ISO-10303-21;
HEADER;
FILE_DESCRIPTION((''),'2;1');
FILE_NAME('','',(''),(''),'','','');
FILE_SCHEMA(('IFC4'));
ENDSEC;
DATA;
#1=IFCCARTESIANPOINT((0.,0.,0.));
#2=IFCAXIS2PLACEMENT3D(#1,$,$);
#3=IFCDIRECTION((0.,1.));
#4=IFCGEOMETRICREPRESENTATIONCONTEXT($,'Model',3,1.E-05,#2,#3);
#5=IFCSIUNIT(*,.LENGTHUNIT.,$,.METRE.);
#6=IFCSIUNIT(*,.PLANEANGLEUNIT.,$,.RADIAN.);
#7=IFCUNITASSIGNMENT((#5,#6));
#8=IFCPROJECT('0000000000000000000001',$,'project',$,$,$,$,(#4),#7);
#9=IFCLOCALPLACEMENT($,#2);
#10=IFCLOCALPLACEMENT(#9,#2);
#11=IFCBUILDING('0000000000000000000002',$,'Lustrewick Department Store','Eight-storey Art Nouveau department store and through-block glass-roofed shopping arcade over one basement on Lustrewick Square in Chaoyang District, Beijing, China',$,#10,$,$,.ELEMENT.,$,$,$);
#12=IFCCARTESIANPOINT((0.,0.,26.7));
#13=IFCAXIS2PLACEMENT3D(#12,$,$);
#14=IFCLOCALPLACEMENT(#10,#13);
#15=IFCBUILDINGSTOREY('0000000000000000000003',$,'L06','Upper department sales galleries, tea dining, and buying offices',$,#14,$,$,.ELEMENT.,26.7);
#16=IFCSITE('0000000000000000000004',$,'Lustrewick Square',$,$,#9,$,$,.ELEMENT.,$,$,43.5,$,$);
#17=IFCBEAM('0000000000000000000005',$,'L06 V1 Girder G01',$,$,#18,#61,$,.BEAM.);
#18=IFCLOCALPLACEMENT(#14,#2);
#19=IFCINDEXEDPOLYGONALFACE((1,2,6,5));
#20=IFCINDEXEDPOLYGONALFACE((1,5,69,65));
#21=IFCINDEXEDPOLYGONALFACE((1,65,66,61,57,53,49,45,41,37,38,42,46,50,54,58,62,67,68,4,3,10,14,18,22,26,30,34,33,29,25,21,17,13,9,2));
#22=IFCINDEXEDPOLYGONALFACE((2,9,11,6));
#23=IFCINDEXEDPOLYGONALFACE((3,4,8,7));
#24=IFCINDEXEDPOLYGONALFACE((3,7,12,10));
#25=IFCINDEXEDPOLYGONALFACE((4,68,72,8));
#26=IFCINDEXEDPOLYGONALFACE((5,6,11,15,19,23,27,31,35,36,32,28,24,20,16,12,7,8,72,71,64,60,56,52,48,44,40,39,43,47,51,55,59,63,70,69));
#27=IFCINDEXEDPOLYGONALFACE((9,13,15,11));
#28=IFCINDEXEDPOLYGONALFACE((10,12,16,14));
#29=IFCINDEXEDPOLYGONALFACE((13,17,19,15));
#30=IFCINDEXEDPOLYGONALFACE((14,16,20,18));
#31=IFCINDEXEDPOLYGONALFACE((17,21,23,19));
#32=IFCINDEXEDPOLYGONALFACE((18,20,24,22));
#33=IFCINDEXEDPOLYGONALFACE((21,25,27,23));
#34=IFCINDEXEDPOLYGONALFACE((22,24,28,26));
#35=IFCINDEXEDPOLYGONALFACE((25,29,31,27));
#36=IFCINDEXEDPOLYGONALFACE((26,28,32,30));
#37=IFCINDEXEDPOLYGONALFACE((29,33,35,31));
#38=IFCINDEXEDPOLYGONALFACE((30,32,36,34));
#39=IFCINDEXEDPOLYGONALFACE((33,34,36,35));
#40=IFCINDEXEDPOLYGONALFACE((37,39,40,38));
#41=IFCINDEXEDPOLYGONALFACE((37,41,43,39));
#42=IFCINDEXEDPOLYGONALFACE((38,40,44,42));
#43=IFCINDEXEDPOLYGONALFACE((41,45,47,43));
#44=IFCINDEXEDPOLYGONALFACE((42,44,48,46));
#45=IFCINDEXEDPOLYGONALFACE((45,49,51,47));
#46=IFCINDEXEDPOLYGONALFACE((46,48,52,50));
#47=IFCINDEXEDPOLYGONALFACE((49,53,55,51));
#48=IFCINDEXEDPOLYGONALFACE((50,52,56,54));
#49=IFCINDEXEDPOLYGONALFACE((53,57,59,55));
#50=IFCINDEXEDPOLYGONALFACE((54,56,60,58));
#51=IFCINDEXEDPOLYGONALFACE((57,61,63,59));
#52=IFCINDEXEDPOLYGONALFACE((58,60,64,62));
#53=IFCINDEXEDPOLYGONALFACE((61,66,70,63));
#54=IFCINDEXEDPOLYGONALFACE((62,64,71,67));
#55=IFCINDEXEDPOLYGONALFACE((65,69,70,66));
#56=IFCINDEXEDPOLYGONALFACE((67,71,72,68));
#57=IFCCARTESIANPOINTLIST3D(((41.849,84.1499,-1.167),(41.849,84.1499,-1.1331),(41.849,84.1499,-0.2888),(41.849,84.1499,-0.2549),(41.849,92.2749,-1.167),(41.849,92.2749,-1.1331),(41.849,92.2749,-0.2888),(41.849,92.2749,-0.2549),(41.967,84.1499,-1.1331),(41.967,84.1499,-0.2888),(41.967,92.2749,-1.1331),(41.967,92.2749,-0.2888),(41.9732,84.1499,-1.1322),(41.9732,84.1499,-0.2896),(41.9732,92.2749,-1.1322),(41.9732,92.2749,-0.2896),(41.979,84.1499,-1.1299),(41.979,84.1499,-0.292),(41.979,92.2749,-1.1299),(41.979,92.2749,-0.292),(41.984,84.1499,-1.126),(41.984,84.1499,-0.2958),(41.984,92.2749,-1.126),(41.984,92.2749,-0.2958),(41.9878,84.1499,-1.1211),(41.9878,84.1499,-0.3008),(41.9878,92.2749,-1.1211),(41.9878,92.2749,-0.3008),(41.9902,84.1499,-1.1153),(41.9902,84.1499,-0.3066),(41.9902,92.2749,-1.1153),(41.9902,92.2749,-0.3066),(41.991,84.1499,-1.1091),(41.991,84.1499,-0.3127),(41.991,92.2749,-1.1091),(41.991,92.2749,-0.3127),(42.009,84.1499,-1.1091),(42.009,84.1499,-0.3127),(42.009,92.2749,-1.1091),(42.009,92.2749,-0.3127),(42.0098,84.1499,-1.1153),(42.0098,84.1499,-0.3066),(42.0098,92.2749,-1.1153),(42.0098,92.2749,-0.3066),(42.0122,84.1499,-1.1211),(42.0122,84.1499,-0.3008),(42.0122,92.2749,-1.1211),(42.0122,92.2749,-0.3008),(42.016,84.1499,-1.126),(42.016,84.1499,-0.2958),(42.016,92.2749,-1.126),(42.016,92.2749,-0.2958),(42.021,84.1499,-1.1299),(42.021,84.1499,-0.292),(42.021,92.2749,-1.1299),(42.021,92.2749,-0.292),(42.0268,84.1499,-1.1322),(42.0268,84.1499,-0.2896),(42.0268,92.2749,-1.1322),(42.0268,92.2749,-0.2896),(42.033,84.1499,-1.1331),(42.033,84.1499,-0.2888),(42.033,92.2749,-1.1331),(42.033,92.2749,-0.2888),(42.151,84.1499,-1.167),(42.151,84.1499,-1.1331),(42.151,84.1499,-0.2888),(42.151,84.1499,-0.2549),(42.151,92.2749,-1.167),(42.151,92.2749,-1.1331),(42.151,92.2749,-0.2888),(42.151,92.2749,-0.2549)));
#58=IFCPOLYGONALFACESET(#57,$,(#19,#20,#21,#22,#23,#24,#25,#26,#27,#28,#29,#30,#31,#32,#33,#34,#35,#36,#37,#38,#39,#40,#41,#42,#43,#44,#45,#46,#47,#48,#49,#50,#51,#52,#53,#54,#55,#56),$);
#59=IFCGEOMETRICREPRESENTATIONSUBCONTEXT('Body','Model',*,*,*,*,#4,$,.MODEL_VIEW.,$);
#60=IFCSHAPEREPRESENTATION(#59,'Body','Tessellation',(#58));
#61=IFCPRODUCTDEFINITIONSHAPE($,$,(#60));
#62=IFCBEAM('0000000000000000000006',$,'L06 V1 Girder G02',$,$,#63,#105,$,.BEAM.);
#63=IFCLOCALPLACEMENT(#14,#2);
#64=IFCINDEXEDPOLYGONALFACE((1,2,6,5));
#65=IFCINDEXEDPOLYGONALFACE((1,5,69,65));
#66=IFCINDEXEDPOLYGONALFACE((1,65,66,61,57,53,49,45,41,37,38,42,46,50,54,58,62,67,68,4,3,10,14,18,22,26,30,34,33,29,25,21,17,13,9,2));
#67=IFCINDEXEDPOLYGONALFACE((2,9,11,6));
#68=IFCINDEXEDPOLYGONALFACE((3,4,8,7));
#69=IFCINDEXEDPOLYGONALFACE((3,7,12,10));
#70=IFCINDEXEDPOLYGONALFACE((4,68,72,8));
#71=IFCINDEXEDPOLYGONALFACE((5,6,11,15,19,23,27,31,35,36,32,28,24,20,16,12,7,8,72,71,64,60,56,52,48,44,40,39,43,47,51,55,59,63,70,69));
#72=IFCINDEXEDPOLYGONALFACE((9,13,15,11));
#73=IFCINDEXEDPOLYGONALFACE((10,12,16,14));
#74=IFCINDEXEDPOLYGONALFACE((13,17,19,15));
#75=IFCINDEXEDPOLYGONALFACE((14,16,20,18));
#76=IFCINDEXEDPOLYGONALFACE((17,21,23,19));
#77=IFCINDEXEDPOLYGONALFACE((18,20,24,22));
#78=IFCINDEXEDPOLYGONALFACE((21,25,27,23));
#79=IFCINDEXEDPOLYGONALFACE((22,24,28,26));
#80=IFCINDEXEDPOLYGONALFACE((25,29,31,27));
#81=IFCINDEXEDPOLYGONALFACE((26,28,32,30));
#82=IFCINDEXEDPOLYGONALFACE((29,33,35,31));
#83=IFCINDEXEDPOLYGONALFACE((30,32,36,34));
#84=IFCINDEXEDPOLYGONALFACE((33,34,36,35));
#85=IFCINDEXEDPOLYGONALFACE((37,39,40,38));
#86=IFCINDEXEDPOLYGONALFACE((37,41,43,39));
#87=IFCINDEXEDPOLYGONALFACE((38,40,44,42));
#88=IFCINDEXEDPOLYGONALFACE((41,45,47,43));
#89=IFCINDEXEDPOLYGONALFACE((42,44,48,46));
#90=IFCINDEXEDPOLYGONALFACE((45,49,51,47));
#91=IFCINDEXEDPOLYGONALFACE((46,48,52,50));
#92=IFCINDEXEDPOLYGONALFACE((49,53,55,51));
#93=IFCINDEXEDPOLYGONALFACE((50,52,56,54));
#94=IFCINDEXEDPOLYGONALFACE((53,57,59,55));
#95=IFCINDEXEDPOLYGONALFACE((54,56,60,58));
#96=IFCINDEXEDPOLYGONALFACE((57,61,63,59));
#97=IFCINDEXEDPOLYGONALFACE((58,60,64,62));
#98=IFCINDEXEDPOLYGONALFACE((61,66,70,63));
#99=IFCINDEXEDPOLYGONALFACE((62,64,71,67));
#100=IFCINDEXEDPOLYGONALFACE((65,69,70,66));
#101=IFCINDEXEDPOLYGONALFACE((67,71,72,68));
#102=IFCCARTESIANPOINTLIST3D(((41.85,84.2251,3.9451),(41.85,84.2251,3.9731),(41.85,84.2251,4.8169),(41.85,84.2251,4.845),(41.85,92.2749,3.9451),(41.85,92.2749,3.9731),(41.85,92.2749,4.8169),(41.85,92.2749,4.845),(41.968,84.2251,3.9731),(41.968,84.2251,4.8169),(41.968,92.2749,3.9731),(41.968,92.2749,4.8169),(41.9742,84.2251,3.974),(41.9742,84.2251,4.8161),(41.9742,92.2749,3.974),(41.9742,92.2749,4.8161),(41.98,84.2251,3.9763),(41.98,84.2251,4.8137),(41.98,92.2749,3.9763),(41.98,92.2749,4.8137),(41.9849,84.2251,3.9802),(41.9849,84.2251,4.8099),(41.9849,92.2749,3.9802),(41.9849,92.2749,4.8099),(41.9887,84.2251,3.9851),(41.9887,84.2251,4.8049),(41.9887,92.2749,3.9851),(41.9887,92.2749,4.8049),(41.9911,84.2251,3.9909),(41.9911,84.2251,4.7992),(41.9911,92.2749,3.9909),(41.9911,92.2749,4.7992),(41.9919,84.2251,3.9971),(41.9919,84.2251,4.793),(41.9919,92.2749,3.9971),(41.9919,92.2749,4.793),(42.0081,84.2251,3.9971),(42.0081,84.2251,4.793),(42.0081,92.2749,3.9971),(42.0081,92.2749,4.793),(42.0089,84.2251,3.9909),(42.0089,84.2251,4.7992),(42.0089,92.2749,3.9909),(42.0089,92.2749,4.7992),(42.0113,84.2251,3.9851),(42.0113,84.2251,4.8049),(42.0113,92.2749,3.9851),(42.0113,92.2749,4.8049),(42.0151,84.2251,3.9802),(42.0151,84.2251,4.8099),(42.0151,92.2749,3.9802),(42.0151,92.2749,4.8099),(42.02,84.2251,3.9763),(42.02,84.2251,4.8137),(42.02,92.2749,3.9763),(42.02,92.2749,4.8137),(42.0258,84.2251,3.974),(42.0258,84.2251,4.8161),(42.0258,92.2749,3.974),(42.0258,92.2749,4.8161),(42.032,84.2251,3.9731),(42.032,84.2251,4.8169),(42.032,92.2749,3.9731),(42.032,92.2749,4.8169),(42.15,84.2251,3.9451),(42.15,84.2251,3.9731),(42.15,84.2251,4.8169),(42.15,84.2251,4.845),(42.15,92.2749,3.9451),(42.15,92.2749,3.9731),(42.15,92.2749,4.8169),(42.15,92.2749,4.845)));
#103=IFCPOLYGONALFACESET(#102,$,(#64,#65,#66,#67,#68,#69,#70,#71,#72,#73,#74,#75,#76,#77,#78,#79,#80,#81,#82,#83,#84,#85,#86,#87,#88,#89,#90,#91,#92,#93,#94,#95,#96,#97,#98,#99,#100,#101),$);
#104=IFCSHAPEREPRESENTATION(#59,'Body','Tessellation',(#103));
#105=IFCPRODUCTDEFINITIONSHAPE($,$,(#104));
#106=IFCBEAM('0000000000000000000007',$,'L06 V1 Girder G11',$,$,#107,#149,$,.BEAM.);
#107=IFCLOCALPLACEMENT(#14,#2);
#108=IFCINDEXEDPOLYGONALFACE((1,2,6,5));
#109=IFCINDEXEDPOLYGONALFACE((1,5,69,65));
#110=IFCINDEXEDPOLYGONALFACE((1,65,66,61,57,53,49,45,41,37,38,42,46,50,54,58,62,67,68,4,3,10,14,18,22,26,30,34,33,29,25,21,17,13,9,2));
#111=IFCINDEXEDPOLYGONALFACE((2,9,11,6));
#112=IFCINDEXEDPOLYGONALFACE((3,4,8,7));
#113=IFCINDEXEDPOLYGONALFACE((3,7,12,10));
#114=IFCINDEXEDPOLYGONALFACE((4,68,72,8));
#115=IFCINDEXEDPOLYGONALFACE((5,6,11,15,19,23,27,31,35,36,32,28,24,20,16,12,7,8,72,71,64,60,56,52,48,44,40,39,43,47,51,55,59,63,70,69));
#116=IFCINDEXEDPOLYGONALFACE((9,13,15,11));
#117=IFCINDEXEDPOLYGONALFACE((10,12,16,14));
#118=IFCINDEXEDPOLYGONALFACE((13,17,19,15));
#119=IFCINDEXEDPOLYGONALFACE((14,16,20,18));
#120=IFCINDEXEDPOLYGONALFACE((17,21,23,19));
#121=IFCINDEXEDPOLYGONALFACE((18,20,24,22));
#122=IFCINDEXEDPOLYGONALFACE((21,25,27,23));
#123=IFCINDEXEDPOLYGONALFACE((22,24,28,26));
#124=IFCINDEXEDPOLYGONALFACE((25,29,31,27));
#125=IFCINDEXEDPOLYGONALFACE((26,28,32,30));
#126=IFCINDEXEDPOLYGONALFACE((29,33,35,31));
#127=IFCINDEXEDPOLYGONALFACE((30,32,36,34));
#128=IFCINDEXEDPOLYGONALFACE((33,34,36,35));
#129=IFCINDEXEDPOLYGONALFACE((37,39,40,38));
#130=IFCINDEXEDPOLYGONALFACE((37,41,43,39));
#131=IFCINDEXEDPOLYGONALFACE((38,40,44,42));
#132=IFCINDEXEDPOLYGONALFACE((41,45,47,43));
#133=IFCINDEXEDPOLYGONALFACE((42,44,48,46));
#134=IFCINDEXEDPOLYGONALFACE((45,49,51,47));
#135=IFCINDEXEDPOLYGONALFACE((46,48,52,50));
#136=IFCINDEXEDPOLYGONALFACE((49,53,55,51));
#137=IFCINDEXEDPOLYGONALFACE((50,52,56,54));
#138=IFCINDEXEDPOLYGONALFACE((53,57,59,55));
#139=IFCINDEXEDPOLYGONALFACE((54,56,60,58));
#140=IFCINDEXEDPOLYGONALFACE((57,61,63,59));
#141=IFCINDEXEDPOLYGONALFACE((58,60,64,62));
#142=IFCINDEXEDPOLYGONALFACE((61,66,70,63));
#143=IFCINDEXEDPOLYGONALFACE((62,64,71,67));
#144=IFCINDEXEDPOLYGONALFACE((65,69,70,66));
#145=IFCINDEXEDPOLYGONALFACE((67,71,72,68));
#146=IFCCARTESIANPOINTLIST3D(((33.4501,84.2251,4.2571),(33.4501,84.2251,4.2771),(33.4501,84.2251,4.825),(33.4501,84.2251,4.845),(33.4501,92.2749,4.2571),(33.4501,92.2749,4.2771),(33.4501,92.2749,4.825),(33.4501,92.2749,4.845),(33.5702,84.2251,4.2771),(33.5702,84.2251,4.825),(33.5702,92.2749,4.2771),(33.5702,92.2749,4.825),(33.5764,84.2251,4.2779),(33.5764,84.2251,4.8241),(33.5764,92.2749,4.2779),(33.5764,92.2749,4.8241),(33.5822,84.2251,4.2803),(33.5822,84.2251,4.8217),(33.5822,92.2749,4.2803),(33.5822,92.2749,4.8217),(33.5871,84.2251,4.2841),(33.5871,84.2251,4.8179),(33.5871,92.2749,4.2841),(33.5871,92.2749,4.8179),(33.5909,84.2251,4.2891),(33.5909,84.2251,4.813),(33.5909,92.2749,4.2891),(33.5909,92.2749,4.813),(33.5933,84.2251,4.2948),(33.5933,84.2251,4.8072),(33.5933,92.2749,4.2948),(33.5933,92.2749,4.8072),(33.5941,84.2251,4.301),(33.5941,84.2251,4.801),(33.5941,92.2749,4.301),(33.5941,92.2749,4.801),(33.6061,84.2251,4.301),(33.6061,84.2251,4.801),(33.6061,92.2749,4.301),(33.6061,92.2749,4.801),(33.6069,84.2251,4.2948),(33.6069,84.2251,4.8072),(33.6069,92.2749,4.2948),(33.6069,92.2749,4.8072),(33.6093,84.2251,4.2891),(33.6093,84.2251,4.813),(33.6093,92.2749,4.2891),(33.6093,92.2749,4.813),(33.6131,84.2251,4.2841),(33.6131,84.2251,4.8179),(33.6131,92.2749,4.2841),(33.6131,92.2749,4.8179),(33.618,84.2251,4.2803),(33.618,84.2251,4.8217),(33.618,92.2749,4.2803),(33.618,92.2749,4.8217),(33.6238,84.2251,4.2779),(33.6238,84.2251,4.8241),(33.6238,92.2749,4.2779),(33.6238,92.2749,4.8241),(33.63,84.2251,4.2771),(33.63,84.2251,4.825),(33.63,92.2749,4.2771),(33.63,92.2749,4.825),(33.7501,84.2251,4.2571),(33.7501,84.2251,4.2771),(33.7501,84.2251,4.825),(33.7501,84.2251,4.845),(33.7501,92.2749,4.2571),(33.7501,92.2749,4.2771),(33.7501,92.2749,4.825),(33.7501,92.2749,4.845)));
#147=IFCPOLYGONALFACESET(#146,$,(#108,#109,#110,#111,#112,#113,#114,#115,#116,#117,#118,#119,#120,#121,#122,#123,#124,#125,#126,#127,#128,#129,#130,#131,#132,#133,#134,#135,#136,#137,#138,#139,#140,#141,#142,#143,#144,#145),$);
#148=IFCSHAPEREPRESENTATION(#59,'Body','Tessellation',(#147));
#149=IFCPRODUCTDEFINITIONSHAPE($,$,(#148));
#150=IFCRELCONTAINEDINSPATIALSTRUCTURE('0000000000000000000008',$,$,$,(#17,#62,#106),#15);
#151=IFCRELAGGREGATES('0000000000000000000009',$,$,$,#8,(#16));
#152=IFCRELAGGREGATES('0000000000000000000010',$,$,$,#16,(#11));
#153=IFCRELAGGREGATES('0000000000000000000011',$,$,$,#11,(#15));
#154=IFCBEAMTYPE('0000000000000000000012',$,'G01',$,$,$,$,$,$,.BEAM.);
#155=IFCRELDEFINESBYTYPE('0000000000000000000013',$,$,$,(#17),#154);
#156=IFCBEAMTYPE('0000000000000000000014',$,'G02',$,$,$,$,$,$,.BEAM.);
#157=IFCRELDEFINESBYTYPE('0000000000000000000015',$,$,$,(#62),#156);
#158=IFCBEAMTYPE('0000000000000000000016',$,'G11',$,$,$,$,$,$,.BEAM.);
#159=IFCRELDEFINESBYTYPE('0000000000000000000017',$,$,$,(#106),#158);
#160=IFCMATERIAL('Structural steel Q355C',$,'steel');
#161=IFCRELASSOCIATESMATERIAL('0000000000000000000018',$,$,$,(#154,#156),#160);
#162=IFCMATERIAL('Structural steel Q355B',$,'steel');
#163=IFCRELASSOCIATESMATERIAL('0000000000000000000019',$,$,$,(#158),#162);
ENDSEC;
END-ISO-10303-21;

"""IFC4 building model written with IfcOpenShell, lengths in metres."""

from ifc_helpers import new_model, si_unit, direction, frame, origin, origin_2d, place, context, subcontext, project, spatial, i_section, extrude, material, material_profile, profile_set, type_object, element, save


model = new_model("IFC4")

# Units and contexts
model_context = context("Model", 3, precision=1e-05, world=origin(), true_north=direction((0.0, 1.0)))
body_context = subcontext(model_context, "Body", "Model", "MODEL_VIEW")
ifc_project = project(units=[si_unit("LENGTHUNIT", "METRE"), si_unit("PLANEANGLEUNIT", "RADIAN")], contexts=[model_context])

# Site, building, storey
site_placement = place(None, origin())
site = spatial("IfcSite", under=ifc_project, at=site_placement, Name="Lustrewick Square", CompositionType="ELEMENT", RefElevation=43.5)
building_placement = place(site_placement, origin())
building = spatial("IfcBuilding", under=site, at=building_placement, Name="Lustrewick Department Store", Description="Eight-storey Art Nouveau department store and through-block glass-roofed shopping arcade over one basement on Lustrewick Square in Chaoyang District, Beijing, China", CompositionType="ELEMENT")
storey_placement = place(building_placement, frame((0.0, 0.0, 26.7)))
storey = spatial("IfcBuildingStorey", under=building, at=storey_placement, Name="L06", Description="Upper department sales galleries, tea dining, and buying offices", CompositionType="ELEMENT", Elevation=26.7)

# Shared definitions
ifc_material_1 = material(Name="Structural steel Q355B", Category="steel")

# Beams
ifc_material_2 = material(Name="Structural steel Q355C", Category="steel")
ifc_material_profile_1 = material_profile(ifc_material_2, i_section(OverallWidth=0.302, OverallDepth=0.9121, WebThickness=0.0181, FlangeThickness=0.0339, FilletRadius=0.0239, at=origin_2d()), Name="HN 912x302x18x34")
ifc_profile_set_1 = profile_set([ifc_material_profile_1], Name="Structural steel Q355C")
beam_type_1 = type_object("IfcBeamType", Name="G01", PredefinedType="BEAM", material=ifc_profile_set_1)
beam_1_placement = place(storey_placement, frame((42.0, 84.1499, -0.7109), z_axis=(0.0, 1.0, 0.0), x_axis=(-1.0, 0.0, 0.0)))
element("IfcBeam", 1, at=beam_1_placement, inside=storey, type_object=beam_type_1, Name="L06 V1 Girder G01", PredefinedType="BEAM", context=body_context, shape_type="SweptSolid", body=[
    extrude(i_section(OverallWidth=0.302, OverallDepth=0.9121, WebThickness=0.0181, FlangeThickness=0.0339, FilletRadius=0.0239, at=origin_2d()), origin(), (0.0, 0.0, 1.0), 8.125),
])
ifc_material_profile_2 = material_profile(ifc_material_2, i_section(OverallWidth=0.3, OverallDepth=0.8999, WebThickness=0.0161, FlangeThickness=0.0281, FilletRadius=0.0239, at=origin_2d()), Name="HN 900x300x16x28")
ifc_profile_set_2 = profile_set([ifc_material_profile_2], Name="Structural steel Q355C")
beam_type_2 = type_object("IfcBeamType", Name="G02", PredefinedType="BEAM", material=ifc_profile_set_2)
beam_2_placement = place(storey_placement, frame((42.0, 84.2251, 4.395), z_axis=(0.0, 1.0, 0.0), x_axis=(-1.0, 0.0, 0.0)))
element("IfcBeam", 2, at=beam_2_placement, inside=storey, type_object=beam_type_2, Name="L06 V1 Girder G02", PredefinedType="BEAM", context=body_context, shape_type="SweptSolid", body=[
    extrude(i_section(OverallWidth=0.3, OverallDepth=0.8999, WebThickness=0.0161, FlangeThickness=0.0281, FilletRadius=0.0239, at=origin_2d()), origin(), (0.0, 0.0, 1.0), 8.0498),
])
ifc_material_profile_3 = material_profile(ifc_material_1, i_section(OverallWidth=0.3, OverallDepth=0.5879, WebThickness=0.012, FlangeThickness=0.02, FilletRadius=0.0239, at=origin_2d()), Name="HM 588x300x12x20")
ifc_profile_set_3 = profile_set([ifc_material_profile_3], Name="Structural steel Q355B")
beam_type_3 = type_object("IfcBeamType", Name="G11", PredefinedType="BEAM", material=ifc_profile_set_3)
beam_3_placement = place(storey_placement, frame((33.6001, 84.2251, 4.551), z_axis=(0.0, 1.0, 0.0), x_axis=(-1.0, 0.0, 0.0)))
element("IfcBeam", 3, at=beam_3_placement, inside=storey, type_object=beam_type_3, Name="L06 V1 Girder G11", PredefinedType="BEAM", context=body_context, shape_type="SweptSolid", body=[
    extrude(i_section(OverallWidth=0.3, OverallDepth=0.5879, WebThickness=0.012, FlangeThickness=0.02, FilletRadius=0.0239, at=origin_2d()), origin(), (0.0, 0.0, 1.0), 8.0498),
])

save(model, "model.ifc")
